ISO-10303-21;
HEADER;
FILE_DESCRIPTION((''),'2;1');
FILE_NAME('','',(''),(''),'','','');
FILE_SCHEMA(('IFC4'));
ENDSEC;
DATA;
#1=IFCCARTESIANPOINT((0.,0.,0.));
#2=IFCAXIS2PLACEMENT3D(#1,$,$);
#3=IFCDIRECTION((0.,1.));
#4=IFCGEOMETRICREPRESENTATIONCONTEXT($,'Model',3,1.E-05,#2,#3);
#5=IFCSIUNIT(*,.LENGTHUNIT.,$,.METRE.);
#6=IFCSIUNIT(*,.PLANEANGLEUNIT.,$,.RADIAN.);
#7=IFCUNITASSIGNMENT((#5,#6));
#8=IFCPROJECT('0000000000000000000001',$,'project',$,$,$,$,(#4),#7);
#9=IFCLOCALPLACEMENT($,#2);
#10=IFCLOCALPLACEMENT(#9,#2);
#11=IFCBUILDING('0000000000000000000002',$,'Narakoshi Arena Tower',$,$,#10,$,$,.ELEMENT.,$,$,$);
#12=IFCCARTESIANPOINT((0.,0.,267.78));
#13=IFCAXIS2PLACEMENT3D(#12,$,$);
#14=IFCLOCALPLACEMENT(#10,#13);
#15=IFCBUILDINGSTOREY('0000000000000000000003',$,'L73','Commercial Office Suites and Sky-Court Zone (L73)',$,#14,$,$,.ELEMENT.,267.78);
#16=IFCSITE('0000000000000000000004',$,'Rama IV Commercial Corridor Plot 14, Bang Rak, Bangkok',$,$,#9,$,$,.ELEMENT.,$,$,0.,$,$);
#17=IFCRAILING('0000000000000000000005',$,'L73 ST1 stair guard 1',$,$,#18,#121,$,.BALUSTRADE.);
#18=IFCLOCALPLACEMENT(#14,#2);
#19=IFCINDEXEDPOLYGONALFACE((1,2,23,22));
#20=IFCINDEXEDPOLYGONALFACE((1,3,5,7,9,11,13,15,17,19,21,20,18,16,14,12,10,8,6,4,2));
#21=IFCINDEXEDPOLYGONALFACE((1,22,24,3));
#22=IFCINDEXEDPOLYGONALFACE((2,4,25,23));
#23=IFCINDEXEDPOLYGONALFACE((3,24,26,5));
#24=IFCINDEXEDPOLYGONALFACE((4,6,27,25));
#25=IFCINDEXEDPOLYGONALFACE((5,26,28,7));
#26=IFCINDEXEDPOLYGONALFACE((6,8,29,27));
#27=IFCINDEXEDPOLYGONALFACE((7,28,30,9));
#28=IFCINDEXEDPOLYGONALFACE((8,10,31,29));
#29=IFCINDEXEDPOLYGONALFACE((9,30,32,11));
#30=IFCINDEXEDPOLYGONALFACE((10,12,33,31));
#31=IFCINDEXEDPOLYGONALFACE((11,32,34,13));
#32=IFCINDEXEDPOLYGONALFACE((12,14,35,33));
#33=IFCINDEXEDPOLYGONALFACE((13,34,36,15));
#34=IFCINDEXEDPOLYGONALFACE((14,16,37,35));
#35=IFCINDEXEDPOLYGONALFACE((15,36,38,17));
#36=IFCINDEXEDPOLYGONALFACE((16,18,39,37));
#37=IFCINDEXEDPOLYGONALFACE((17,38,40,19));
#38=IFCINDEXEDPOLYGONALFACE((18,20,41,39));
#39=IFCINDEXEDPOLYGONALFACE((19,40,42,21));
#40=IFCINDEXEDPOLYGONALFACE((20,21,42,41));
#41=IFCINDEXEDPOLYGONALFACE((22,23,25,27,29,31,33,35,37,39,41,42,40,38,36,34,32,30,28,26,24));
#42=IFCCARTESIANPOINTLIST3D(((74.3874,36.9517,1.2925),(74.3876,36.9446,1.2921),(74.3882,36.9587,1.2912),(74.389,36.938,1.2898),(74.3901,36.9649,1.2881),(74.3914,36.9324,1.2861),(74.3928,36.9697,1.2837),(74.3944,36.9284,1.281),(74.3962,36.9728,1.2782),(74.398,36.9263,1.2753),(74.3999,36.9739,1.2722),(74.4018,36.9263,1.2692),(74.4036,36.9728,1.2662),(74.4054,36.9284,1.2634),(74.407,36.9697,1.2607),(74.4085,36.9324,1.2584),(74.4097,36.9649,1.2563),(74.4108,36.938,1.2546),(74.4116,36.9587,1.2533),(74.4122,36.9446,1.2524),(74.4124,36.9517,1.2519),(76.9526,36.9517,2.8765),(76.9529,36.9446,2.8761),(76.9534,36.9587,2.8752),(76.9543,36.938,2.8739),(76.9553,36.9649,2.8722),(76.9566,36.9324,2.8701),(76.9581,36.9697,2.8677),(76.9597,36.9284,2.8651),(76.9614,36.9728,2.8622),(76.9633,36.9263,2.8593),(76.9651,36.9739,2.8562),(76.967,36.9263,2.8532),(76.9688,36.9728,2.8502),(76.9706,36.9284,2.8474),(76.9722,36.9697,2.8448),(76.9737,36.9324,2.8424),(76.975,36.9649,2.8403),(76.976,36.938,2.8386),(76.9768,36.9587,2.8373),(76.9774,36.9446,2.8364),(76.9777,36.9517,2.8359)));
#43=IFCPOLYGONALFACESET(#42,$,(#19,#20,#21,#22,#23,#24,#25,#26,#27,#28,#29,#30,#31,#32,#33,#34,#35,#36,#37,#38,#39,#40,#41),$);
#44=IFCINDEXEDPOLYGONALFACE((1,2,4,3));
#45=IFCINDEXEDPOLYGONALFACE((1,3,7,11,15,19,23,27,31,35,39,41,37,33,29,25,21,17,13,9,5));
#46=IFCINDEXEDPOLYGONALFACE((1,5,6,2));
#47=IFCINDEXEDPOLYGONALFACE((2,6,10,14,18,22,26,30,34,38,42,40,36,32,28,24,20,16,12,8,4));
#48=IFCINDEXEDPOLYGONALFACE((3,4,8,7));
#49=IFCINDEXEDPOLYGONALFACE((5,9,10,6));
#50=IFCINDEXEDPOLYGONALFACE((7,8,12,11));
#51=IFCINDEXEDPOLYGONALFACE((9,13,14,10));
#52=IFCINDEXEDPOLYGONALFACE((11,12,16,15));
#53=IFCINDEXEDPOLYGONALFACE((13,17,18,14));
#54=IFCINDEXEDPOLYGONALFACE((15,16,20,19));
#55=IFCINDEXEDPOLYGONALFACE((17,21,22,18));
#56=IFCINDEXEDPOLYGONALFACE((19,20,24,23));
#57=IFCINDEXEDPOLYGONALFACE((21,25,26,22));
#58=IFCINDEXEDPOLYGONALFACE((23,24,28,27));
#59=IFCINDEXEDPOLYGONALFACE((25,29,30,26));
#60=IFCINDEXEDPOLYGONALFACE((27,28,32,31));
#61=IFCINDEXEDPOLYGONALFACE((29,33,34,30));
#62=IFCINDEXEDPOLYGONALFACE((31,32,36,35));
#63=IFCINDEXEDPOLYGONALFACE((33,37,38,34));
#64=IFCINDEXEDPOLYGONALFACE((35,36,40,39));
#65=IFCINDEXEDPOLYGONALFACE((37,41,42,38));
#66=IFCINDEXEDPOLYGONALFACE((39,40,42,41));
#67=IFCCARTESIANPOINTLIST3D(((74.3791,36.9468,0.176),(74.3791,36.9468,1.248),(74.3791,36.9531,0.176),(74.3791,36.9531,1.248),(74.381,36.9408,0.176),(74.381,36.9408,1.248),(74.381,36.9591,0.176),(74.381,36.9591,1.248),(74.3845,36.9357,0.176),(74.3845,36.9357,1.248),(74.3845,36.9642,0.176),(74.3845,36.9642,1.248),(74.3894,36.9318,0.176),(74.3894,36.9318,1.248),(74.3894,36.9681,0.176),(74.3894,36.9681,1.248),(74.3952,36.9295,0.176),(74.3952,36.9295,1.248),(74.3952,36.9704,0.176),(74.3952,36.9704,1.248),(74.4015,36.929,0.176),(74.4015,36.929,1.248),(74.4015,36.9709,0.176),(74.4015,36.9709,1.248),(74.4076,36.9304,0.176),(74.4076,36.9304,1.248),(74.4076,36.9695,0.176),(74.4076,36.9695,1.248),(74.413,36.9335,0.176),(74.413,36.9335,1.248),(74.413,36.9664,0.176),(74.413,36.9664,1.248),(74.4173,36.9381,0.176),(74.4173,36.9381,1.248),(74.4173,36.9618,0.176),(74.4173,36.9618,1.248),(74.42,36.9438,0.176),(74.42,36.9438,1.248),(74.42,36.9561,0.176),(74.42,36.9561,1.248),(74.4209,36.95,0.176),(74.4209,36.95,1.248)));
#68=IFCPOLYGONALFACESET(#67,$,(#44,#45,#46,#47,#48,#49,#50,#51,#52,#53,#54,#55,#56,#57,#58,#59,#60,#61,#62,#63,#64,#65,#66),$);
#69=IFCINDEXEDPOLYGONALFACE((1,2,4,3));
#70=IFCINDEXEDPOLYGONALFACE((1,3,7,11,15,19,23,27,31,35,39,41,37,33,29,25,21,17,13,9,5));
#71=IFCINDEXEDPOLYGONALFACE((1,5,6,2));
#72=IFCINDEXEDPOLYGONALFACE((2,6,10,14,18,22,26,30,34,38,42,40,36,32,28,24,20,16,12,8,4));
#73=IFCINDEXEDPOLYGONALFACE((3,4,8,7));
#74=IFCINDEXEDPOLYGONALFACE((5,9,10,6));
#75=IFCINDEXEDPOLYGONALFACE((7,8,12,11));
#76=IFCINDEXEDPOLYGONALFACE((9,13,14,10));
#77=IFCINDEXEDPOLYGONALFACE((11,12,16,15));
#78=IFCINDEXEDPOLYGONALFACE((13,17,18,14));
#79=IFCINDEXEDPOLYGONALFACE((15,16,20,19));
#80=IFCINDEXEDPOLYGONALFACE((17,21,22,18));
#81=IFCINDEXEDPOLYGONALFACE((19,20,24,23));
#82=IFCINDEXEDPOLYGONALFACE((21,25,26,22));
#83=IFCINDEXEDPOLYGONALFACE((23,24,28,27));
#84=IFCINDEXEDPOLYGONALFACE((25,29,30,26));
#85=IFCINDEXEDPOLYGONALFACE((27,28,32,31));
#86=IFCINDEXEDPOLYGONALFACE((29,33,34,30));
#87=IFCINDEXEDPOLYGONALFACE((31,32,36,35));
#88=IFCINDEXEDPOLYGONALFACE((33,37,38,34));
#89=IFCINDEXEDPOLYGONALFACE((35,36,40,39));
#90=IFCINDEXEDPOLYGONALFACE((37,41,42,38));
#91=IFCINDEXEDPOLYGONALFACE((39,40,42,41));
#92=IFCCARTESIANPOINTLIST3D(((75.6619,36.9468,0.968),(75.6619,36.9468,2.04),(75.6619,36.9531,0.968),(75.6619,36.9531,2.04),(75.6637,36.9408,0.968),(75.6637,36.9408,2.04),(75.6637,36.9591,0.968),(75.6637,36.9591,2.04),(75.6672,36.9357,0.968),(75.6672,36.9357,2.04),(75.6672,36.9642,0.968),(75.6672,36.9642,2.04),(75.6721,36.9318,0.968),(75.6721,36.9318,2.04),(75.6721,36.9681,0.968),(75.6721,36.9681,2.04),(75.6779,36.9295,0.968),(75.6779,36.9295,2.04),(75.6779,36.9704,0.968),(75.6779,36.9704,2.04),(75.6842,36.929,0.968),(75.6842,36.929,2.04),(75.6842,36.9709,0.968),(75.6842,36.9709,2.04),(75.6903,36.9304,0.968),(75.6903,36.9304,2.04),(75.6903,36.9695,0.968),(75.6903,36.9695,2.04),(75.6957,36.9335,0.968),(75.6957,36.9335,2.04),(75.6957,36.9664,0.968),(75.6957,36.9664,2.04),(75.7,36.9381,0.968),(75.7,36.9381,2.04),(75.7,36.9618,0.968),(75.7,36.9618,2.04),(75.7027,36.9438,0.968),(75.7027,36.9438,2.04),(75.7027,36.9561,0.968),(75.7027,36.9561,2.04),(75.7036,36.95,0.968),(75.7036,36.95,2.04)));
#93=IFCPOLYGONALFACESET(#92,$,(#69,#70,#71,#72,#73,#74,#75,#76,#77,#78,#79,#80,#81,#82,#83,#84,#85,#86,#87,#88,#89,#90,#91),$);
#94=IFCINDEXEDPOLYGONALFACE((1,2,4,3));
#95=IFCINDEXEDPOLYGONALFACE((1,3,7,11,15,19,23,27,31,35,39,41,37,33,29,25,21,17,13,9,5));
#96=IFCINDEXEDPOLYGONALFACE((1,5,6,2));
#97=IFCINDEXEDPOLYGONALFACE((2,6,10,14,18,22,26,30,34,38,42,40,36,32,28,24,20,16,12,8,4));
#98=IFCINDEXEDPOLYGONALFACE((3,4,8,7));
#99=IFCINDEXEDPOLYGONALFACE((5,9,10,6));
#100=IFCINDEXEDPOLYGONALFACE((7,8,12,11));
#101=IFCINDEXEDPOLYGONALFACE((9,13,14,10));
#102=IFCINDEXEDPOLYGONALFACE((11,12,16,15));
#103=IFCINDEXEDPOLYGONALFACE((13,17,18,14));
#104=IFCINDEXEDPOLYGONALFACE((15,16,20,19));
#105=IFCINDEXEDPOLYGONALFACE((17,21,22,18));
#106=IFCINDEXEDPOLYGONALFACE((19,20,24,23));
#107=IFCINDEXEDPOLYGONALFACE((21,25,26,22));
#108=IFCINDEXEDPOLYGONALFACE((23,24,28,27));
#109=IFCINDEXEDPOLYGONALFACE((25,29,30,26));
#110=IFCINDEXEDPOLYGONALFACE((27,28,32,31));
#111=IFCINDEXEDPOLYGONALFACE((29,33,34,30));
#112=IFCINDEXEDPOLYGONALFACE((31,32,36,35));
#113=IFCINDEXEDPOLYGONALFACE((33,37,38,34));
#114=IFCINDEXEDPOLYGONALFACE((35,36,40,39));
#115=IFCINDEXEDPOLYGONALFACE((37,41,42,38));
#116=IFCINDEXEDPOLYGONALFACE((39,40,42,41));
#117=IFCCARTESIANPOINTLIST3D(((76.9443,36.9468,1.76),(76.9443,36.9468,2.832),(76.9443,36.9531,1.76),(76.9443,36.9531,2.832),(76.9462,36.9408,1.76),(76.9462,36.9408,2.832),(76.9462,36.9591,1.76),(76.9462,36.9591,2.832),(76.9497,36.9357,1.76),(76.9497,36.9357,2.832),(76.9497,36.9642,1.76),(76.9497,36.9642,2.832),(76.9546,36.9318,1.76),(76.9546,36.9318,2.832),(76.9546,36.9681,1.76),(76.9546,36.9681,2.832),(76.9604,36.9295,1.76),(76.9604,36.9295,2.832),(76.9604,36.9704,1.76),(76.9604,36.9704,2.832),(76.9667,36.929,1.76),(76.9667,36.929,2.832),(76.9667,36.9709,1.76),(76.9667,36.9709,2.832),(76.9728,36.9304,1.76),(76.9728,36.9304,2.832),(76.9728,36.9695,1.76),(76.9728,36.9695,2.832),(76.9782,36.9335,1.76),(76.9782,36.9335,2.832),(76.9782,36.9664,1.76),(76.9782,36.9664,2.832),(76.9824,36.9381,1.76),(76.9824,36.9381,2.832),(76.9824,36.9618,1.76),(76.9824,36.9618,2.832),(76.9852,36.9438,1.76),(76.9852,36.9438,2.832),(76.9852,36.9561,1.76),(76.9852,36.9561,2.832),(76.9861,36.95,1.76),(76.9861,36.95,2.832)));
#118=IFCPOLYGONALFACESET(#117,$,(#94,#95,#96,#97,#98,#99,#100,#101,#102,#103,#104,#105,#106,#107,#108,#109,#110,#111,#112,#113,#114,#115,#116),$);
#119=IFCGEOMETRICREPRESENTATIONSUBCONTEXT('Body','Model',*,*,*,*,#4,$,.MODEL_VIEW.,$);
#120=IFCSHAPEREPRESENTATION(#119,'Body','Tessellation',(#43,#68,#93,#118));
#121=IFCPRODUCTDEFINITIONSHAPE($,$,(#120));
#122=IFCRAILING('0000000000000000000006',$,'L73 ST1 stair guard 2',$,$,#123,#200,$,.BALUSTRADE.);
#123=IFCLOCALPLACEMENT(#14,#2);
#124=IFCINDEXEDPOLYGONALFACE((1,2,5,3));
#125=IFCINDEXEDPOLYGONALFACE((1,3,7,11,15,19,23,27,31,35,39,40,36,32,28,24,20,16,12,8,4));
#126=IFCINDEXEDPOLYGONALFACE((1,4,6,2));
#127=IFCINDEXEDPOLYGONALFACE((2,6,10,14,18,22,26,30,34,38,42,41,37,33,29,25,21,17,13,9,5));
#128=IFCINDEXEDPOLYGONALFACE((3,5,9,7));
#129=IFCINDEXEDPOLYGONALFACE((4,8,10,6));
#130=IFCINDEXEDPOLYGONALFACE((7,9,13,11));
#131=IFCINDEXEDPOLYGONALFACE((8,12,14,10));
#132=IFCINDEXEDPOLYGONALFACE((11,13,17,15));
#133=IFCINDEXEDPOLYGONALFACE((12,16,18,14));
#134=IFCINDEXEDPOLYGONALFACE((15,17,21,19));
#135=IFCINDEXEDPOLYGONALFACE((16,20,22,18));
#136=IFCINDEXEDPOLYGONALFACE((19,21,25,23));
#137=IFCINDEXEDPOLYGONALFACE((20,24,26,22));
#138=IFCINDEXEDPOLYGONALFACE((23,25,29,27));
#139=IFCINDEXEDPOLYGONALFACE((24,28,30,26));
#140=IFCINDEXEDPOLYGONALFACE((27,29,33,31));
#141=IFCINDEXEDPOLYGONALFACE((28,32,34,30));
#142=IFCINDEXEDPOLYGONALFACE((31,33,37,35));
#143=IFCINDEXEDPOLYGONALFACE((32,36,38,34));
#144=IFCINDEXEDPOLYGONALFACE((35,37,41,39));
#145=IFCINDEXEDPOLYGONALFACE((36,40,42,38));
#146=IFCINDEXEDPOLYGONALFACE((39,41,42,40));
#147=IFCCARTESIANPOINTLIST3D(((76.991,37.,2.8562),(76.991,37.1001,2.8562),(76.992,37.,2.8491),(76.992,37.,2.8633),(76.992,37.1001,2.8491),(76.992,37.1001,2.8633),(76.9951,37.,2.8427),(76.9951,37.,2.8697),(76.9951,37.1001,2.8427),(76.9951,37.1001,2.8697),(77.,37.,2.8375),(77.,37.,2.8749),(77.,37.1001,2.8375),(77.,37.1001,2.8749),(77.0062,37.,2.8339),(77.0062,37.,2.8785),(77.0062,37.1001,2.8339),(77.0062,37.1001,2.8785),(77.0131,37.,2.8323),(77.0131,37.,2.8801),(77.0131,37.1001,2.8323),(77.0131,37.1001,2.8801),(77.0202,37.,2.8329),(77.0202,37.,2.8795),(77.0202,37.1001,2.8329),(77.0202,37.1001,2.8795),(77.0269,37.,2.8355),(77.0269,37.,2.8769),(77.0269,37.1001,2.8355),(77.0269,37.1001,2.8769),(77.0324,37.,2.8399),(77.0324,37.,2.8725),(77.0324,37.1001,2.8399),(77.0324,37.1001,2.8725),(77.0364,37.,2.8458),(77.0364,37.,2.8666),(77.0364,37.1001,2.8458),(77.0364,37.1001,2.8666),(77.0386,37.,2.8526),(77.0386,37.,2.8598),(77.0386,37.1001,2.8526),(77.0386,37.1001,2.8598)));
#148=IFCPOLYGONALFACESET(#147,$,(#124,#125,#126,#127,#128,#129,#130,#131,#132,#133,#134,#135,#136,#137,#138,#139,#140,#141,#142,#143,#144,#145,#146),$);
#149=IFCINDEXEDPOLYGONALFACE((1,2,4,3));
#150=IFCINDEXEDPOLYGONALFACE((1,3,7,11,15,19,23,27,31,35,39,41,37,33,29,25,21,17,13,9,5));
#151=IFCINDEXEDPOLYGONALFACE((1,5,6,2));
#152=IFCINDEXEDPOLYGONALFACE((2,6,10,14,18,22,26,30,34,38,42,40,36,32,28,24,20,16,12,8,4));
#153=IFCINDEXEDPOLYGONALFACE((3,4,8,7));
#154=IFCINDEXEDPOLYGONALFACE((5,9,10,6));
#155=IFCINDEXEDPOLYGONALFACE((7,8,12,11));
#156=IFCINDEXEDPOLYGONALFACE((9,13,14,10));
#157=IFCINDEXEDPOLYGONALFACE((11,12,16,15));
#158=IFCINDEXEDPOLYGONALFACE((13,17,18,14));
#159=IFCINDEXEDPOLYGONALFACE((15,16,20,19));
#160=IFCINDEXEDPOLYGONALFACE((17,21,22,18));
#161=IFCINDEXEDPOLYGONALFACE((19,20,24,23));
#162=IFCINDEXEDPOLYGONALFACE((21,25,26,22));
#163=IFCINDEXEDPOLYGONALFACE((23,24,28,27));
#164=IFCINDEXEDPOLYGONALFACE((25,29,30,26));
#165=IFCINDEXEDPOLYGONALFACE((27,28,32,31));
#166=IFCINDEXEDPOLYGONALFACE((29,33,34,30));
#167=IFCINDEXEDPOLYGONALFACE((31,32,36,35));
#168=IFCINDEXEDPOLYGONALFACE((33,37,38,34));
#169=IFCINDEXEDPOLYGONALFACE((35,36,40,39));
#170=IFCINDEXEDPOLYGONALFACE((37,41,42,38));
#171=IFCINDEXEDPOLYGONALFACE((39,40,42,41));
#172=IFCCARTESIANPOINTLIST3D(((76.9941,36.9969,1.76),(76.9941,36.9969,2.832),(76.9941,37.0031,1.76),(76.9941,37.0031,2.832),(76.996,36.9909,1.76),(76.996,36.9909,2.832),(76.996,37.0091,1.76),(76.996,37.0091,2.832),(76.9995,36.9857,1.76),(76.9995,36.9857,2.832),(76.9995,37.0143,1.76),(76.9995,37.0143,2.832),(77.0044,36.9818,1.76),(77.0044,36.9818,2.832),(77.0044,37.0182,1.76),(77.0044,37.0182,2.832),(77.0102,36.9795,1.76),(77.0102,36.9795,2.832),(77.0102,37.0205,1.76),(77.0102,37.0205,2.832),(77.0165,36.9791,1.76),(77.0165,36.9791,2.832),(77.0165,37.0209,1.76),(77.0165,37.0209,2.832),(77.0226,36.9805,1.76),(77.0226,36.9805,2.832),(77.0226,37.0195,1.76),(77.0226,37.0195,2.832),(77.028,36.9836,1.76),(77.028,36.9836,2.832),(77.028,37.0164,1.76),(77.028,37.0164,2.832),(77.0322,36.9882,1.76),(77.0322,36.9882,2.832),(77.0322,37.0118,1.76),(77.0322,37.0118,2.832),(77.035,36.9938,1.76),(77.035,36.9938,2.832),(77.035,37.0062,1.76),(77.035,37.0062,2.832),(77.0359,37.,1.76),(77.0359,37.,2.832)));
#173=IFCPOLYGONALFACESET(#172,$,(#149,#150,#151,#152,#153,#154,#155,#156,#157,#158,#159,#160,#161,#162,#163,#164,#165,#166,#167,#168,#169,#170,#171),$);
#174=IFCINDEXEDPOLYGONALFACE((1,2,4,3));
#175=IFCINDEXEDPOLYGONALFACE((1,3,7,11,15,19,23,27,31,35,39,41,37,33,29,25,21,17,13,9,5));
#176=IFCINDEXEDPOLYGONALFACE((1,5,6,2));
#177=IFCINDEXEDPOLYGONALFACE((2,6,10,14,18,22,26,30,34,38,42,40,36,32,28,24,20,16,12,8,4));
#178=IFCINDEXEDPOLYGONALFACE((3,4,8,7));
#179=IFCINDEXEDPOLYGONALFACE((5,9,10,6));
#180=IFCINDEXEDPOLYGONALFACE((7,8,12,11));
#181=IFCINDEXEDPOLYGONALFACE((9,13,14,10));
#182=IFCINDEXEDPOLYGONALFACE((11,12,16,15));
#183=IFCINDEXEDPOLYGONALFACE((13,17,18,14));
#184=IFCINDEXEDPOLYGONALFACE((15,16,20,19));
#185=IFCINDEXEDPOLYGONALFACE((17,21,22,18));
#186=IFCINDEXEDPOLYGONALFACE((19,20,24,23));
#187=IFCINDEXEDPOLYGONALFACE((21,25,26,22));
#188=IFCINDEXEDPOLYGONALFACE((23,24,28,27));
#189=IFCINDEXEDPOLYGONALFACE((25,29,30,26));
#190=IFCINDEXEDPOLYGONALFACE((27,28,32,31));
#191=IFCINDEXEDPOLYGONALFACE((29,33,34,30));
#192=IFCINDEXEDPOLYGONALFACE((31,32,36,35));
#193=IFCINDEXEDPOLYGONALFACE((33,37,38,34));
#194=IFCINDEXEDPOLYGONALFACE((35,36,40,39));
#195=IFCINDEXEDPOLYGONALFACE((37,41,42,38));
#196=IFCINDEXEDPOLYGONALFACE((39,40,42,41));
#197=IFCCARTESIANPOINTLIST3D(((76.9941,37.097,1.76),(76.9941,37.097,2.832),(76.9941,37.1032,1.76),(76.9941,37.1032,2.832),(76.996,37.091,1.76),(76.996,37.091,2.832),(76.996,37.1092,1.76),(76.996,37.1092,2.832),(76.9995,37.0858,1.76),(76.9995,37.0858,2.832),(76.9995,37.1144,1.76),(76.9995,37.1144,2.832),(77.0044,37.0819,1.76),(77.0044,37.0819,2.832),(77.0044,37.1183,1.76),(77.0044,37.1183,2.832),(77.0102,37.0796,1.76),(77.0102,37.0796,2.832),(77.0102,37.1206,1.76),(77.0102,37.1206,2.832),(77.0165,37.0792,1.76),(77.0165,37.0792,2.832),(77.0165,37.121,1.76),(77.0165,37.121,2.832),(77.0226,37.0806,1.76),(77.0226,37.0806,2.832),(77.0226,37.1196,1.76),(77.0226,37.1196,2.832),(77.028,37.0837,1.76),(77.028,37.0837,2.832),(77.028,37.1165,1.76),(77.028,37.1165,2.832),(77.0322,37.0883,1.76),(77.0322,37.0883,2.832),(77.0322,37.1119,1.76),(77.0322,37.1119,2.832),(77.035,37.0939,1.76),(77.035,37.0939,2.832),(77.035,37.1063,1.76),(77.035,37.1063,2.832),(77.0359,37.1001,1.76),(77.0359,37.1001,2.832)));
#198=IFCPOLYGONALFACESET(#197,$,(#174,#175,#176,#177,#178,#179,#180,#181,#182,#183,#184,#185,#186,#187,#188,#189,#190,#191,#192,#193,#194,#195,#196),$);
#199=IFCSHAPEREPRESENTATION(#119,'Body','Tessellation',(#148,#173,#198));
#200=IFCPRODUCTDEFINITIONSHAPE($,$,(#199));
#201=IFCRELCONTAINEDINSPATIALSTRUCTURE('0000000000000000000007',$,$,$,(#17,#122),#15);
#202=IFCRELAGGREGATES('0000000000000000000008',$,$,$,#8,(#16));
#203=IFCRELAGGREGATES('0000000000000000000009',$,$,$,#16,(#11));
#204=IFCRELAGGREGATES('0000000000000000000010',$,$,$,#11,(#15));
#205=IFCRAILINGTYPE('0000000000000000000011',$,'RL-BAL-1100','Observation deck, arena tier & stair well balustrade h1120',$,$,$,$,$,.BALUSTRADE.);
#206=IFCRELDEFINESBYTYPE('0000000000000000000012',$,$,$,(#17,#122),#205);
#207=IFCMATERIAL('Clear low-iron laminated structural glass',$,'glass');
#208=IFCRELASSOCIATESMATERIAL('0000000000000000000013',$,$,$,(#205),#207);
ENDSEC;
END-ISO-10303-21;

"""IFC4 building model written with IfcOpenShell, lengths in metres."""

from ifc_helpers import new_model, si_unit, direction, frame, origin, origin_2d, place, context, subcontext, project, spatial, circle, extrude, material, type_object, element, save


model = new_model("IFC4")

# Units and contexts
model_context = context("Model", 3, precision=1e-05, world=origin(), true_north=direction((0.0, 1.0)))
body_context = subcontext(model_context, "Body", "Model", "MODEL_VIEW")
ifc_project = project(units=[si_unit("LENGTHUNIT", "METRE"), si_unit("PLANEANGLEUNIT", "RADIAN")], contexts=[model_context])

# Site, building, storey
site_placement = place(None, origin())
site = spatial("IfcSite", under=ifc_project, at=site_placement, Name="Rama IV Commercial Corridor Plot 14, Bang Rak, Bangkok", CompositionType="ELEMENT", RefElevation=0.0)
building_placement = place(site_placement, origin())
building = spatial("IfcBuilding", under=site, at=building_placement, Name="Narakoshi Arena Tower", CompositionType="ELEMENT")
storey_placement = place(building_placement, frame((0.0, 0.0, 267.78)))
storey = spatial("IfcBuildingStorey", under=building, at=storey_placement, Name="L73", Description="Commercial Office Suites and Sky-Court Zone (L73)", CompositionType="ELEMENT", Elevation=267.78)

# Railings
ifc_material_1 = material(Name="Clear low-iron laminated structural glass", Category="glass")
railing_type_1 = type_object("IfcRailingType", Name="RL-BAL-1100", Description="Observation deck, arena tier & stair well balustrade h1120", PredefinedType="BALUSTRADE", material=ifc_material_1)
railing_1_placement = place(storey_placement, frame((74.3999, 36.95, 0.176)))
element("IfcRailing", 1, at=railing_1_placement, inside=storey, type_object=railing_type_1, Name="L73 ST1 stair guard 1", PredefinedType="BALUSTRADE", context=body_context, shape_type="SweptSolid", body=[
    extrude(circle(Radius=0.0239, at=origin_2d()), frame((0.0, 0.0, 1.0962), z_axis=(0.850857, 0.0, 0.525398), x_axis=(0.0, 1.0, 0.0)), (0.0, 0.0, 1.0), 3.0149),
    extrude(circle(Radius=0.021, at=origin_2d()), origin(), (0.0, 0.0, 1.0), 1.072),
    extrude(circle(Radius=0.021, at=origin_2d()), frame((1.2827, 0.0, 0.792)), (0.0, 0.0, 1.0), 1.072),
    extrude(circle(Radius=0.021, at=origin_2d()), frame((2.5652, 0.0, 1.584)), (0.0, 0.0, 1.0), 1.072),
])
railing_2_placement = place(storey_placement, frame((77.0149, 37.0, 1.76)))
element("IfcRailing", 2, at=railing_2_placement, inside=storey, type_object=railing_type_1, Name="L73 ST1 stair guard 2", PredefinedType="BALUSTRADE", context=body_context, shape_type="SweptSolid", body=[
    extrude(circle(Radius=0.0239, at=origin_2d()), frame((0.0, 0.0, 1.0962), z_axis=(0.0, 1.0, 0.0), x_axis=(-1.0, 0.0, 0.0)), (0.0, 0.0, 1.0), 0.1001),
    extrude(circle(Radius=0.021, at=origin_2d()), origin(), (0.0, 0.0, 1.0), 1.072),
    extrude(circle(Radius=0.021, at=origin_2d()), frame((0.0, 0.1001, 0.0)), (0.0, 0.0, 1.0), 1.072),
])

save(model, "model.ifc")
